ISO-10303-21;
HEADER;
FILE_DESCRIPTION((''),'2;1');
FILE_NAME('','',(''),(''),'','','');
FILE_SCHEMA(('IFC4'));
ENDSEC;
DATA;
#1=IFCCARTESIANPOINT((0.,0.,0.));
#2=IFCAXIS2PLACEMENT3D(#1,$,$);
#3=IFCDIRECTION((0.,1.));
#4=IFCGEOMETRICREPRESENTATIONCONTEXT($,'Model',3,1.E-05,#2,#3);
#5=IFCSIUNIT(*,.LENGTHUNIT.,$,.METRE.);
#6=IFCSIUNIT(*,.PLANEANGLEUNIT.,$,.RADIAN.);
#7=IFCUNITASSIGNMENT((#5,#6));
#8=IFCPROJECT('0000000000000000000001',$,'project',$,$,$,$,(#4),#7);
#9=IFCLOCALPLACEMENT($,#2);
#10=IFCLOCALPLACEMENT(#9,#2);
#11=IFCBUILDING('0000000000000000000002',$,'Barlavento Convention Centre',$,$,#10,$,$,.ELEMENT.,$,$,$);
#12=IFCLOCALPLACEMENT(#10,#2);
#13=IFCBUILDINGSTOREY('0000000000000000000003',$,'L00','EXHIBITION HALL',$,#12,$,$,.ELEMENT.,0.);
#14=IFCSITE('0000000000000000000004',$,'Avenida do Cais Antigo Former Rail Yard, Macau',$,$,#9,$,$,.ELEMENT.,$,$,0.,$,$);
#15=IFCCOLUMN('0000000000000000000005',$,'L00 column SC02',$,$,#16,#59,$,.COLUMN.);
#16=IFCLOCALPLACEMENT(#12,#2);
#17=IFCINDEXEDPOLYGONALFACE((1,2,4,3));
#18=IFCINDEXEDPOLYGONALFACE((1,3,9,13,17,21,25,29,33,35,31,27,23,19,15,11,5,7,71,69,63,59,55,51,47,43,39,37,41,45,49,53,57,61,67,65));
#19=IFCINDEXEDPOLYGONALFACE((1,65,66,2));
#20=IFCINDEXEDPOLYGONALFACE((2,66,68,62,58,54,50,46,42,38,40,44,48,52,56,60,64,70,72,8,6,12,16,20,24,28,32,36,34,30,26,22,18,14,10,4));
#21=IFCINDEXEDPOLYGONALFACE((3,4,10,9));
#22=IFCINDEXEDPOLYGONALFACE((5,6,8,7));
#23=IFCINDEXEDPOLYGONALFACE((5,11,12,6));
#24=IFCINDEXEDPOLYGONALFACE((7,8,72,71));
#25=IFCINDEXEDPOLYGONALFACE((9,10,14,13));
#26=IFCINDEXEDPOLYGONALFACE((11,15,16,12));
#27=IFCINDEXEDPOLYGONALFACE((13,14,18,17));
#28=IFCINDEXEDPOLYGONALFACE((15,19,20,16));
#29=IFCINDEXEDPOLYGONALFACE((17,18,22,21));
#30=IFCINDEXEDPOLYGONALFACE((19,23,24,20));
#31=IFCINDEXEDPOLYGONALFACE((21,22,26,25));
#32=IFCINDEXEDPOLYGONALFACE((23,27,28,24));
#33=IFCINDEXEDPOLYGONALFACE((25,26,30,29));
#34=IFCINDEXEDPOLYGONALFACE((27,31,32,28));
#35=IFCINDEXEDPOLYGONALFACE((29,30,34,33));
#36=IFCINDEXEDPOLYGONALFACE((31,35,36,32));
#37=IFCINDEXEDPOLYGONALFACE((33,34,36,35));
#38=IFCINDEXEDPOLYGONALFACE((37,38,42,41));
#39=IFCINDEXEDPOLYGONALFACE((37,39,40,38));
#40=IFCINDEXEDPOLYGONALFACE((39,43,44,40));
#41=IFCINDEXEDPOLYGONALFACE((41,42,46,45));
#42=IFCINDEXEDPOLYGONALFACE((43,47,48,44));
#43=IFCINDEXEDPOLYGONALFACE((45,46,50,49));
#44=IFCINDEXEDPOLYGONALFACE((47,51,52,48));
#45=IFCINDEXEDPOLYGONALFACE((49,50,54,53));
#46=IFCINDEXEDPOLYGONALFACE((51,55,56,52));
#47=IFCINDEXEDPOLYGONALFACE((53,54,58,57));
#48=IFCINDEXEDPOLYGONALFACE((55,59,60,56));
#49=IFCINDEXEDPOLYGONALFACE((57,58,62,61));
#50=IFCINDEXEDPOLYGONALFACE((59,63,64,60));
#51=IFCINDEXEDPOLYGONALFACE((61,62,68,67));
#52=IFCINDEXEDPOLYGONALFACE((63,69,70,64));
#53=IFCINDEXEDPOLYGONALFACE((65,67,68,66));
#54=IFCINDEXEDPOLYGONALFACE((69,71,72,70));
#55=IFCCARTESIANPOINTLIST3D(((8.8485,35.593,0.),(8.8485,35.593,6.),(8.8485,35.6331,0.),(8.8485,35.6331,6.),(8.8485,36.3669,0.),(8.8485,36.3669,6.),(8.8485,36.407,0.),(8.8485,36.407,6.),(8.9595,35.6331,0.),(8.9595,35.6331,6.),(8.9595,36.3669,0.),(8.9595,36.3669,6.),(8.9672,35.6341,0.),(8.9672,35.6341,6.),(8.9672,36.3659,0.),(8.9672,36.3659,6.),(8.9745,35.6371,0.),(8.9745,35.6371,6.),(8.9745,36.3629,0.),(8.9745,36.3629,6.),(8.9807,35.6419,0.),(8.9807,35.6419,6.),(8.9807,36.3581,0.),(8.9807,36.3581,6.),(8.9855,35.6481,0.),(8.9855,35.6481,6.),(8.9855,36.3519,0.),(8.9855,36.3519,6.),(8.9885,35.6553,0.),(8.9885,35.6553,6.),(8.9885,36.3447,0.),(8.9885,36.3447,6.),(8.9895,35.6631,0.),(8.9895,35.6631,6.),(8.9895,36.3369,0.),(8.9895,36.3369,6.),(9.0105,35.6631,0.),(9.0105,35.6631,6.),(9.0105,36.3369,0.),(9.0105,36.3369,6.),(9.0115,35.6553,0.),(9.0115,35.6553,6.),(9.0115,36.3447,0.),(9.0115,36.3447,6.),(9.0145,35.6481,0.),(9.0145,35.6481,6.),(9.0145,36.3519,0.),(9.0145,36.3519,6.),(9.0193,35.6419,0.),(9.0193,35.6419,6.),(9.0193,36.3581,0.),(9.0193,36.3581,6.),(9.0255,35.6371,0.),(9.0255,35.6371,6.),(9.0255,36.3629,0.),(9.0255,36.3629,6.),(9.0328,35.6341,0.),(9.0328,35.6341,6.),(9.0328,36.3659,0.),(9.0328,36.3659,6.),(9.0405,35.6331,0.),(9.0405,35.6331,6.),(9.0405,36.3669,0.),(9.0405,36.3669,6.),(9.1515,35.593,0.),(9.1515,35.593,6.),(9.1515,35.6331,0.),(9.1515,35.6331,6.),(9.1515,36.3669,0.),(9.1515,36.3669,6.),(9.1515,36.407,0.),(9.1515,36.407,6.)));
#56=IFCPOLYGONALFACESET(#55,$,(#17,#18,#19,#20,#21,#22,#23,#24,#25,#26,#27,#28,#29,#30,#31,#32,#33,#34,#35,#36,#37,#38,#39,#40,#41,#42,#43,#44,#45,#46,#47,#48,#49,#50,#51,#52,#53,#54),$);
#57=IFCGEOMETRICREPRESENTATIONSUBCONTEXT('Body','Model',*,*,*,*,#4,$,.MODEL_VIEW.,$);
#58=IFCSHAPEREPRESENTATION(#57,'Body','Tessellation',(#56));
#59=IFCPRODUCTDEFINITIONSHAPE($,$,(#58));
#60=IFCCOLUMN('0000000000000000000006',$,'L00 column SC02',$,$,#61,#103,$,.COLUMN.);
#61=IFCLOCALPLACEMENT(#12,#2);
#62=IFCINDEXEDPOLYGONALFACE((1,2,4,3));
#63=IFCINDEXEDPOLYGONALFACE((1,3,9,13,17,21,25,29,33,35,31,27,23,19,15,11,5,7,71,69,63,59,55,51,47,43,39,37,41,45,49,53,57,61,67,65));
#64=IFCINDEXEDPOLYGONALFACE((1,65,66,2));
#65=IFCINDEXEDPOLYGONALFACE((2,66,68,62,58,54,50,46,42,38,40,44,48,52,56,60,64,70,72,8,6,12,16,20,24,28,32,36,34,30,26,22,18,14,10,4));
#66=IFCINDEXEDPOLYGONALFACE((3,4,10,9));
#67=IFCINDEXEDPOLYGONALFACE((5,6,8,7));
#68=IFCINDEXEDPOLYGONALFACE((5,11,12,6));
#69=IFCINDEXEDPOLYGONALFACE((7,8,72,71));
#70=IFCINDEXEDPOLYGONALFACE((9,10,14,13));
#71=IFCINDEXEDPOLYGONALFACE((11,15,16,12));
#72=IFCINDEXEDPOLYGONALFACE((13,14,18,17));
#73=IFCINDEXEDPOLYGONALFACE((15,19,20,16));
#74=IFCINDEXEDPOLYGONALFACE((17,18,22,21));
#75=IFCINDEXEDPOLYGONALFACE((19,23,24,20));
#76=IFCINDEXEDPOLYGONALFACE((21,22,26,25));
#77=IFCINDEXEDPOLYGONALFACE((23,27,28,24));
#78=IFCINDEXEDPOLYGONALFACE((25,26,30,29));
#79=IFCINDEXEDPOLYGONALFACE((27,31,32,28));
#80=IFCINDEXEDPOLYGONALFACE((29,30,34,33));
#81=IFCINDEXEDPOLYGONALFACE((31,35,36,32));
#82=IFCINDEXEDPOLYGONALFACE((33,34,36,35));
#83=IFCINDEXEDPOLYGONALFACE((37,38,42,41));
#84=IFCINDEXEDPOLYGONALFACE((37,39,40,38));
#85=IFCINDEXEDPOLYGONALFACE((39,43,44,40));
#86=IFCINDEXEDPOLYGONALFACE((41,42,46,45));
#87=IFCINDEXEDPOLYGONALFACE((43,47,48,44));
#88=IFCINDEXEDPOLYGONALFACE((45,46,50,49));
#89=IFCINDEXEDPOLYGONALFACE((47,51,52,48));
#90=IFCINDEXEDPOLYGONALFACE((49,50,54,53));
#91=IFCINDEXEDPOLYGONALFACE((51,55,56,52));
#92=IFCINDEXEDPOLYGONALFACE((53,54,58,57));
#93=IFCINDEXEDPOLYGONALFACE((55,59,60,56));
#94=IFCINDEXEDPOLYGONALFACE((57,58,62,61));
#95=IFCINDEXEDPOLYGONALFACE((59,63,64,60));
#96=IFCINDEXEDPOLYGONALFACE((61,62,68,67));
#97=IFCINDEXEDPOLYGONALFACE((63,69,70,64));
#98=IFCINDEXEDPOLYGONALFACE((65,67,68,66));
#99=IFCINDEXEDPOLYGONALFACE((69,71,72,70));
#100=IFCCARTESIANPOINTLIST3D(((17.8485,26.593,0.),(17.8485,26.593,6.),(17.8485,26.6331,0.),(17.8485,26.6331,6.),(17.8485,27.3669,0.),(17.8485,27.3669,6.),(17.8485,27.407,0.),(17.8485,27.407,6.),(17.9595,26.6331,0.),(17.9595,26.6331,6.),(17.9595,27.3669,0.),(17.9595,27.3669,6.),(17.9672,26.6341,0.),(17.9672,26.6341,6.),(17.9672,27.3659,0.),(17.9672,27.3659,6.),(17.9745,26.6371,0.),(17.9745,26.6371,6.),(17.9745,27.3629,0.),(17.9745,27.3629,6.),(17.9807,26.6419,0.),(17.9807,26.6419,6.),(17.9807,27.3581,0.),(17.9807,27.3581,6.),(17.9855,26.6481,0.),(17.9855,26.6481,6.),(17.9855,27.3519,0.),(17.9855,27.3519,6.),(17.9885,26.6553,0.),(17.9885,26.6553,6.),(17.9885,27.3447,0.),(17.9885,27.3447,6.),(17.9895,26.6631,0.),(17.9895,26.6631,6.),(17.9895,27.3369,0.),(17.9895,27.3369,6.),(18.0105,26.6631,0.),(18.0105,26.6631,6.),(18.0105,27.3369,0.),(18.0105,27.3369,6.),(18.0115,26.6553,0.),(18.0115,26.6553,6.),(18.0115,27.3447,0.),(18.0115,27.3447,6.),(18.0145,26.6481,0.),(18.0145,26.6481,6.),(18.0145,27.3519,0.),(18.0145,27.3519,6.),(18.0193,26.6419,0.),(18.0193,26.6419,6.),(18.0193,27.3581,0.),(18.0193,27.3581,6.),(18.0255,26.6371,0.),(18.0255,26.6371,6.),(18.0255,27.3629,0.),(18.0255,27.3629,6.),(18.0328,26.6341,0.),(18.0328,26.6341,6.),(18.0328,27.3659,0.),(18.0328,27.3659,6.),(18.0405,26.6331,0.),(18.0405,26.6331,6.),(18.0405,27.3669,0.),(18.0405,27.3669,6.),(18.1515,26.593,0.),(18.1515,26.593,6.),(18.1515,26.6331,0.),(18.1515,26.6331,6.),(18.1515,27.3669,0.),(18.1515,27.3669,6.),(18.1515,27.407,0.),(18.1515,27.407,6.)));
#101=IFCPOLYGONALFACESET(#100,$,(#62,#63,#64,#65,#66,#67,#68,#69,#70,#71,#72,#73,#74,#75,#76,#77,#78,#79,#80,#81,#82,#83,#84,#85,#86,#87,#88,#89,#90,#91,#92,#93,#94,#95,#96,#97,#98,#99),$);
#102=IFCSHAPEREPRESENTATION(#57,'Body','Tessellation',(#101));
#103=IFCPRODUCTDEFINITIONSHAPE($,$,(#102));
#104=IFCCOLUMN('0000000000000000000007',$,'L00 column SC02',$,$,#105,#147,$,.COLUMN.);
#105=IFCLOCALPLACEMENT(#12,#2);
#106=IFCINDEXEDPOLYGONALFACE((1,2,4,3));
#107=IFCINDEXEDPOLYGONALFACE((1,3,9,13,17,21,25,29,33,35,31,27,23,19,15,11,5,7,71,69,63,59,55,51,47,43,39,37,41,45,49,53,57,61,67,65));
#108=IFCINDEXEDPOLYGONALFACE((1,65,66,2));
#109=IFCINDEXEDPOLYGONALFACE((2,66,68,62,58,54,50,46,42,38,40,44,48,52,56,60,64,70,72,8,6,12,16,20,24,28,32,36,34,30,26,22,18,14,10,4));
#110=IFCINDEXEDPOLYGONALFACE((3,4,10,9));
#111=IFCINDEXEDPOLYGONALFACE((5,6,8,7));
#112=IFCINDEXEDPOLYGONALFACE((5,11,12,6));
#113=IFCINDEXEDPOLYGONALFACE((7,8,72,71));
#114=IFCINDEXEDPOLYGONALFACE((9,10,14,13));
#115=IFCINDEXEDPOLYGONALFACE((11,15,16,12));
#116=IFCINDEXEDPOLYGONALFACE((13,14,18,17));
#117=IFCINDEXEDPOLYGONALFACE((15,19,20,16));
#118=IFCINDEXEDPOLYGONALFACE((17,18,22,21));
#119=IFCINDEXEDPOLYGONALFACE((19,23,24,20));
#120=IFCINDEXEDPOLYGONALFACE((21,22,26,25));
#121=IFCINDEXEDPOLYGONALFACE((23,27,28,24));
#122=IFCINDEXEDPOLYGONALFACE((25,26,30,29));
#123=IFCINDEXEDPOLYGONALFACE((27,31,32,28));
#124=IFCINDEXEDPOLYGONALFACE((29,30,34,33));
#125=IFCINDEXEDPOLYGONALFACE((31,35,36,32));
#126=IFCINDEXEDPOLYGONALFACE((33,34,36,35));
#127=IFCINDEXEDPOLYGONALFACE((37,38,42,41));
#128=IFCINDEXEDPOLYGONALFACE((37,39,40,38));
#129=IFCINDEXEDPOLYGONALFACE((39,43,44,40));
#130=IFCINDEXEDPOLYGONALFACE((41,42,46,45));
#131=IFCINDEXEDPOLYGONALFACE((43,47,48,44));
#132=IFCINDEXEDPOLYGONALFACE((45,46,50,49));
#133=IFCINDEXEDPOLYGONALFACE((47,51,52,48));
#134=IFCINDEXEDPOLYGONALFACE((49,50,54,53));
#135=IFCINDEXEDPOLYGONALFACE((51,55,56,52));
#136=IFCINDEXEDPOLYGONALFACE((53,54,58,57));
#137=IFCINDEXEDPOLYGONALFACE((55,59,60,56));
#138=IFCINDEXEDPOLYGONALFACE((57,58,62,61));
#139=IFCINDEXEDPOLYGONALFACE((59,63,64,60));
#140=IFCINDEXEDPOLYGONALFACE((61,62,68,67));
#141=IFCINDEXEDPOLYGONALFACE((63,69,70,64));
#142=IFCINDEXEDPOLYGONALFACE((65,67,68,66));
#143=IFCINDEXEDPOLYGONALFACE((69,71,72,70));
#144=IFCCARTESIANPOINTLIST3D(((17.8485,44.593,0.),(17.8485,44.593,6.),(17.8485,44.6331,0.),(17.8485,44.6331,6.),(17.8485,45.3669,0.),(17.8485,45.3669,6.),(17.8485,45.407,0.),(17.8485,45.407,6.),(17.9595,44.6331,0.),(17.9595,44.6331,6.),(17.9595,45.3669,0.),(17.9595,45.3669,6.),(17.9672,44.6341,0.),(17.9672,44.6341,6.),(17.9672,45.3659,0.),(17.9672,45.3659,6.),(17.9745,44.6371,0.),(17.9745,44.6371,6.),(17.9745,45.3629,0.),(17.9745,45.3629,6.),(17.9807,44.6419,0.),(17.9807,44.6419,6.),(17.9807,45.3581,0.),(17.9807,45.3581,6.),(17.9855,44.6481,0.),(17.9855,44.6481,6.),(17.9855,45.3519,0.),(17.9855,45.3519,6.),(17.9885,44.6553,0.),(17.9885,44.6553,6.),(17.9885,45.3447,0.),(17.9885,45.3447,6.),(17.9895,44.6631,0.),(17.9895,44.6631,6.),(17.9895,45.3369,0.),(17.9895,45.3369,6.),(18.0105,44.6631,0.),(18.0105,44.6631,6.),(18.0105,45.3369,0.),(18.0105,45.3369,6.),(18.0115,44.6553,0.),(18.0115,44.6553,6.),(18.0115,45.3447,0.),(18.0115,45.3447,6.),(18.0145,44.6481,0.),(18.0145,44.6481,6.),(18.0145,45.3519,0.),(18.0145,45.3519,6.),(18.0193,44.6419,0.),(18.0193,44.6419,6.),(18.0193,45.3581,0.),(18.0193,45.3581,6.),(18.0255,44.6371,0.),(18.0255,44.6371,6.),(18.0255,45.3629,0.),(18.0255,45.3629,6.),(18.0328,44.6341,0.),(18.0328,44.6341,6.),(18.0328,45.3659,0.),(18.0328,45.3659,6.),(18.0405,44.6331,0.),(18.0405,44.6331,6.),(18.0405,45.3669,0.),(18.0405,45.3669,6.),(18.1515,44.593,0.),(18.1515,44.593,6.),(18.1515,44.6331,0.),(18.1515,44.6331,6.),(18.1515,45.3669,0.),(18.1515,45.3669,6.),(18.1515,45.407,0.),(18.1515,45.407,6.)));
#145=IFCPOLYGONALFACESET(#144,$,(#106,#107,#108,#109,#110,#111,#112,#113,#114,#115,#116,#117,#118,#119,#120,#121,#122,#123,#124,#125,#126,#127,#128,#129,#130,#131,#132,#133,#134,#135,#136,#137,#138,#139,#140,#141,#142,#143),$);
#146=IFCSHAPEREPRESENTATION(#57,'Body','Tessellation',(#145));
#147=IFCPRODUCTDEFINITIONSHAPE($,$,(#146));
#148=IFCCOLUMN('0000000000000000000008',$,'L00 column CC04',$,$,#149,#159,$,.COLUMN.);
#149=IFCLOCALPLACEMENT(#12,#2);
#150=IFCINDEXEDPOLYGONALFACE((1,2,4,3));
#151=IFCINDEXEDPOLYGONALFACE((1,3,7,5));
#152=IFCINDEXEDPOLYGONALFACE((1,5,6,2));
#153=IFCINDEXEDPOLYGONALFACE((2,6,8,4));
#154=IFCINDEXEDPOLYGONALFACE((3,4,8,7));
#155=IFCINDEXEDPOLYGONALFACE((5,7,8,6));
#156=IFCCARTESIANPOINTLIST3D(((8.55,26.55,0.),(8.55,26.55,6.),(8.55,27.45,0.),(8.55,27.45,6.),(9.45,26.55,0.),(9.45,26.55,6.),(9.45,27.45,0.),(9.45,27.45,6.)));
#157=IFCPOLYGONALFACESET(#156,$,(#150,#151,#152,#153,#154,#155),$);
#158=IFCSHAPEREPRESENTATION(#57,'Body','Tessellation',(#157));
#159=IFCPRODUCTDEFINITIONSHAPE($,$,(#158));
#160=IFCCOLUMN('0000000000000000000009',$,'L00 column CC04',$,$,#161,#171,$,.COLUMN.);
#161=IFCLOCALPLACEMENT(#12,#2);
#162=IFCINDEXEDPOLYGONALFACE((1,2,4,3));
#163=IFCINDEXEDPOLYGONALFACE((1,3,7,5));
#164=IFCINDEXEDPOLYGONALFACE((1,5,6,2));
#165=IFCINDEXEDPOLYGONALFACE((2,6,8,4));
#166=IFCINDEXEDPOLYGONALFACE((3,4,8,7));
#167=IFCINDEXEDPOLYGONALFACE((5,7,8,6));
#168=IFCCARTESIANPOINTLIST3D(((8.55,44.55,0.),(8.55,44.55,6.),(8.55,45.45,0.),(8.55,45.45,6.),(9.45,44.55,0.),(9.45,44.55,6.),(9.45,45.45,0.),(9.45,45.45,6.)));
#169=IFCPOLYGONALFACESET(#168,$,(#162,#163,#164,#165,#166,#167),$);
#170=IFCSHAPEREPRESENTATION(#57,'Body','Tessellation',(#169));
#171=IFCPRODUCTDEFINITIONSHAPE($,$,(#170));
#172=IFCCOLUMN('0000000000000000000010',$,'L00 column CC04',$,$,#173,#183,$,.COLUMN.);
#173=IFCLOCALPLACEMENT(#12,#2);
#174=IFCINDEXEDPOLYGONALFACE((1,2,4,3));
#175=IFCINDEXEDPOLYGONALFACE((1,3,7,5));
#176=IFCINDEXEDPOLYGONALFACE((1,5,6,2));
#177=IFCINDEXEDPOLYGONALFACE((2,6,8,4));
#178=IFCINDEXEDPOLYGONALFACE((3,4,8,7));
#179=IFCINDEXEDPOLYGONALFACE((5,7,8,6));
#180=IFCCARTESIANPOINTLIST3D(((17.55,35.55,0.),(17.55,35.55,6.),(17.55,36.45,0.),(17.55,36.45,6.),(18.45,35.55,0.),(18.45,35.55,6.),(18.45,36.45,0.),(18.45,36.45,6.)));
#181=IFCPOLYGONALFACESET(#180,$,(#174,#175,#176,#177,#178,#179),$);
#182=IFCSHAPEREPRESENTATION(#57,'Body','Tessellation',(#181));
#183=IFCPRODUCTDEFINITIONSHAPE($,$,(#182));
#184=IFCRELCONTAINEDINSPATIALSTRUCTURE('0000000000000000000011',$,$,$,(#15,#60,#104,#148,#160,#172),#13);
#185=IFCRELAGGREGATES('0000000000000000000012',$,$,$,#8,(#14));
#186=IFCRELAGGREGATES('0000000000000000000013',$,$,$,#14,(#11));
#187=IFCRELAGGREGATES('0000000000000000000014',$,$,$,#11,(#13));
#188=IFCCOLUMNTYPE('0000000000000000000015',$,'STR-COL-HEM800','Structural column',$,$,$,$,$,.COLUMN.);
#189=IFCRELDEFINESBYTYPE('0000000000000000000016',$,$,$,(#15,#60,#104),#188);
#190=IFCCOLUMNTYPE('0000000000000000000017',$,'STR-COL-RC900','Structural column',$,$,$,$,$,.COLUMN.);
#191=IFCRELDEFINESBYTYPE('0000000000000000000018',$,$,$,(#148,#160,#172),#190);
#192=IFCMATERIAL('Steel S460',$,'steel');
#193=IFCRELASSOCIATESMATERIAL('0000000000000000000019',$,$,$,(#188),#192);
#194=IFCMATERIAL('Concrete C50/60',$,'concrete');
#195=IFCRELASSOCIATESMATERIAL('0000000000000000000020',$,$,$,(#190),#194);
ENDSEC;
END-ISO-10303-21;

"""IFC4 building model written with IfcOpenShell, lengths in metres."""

from ifc_helpers import new_model, si_unit, direction, frame, origin, origin_2d, place, context, subcontext, project, spatial, rectangle, i_section, extrude, material, material_profile, profile_set, type_object, element, save


model = new_model("IFC4")

# Units and contexts
model_context = context("Model", 3, precision=1e-05, world=origin(), true_north=direction((0.0, 1.0)))
body_context = subcontext(model_context, "Body", "Model", "MODEL_VIEW")
ifc_project = project(units=[si_unit("LENGTHUNIT", "METRE"), si_unit("PLANEANGLEUNIT", "RADIAN")], contexts=[model_context])

# Site, building, storey
site_placement = place(None, origin())
site = spatial("IfcSite", under=ifc_project, at=site_placement, Name="Avenida do Cais Antigo Former Rail Yard, Macau", CompositionType="ELEMENT", RefElevation=0.0)
building_placement = place(site_placement, origin())
building = spatial("IfcBuilding", under=site, at=building_placement, Name="Barlavento Convention Centre", CompositionType="ELEMENT")
storey_placement = place(building_placement, origin())
storey = spatial("IfcBuildingStorey", under=building, at=storey_placement, Name="L00", Description="EXHIBITION HALL", CompositionType="ELEMENT", Elevation=0.0)

# Columns
ifc_material_1 = material(Name="Steel S460", Category="steel")
ifc_material_profile_1 = material_profile(ifc_material_1, i_section(OverallWidth=0.303, OverallDepth=0.814, WebThickness=0.021, FlangeThickness=0.04, FilletRadius=0.03, at=origin_2d()), Name="HEM 800")
ifc_profile_set_1 = profile_set([ifc_material_profile_1], Name="Steel S460")
column_type_1 = type_object("IfcColumnType", Name="STR-COL-HEM800", Description="Structural column", PredefinedType="COLUMN", material=ifc_profile_set_1)
for number, where, z_axis, x_axis, name in (
    (1, (9.0, 36.0, 0.0), (0.0, 0.0, 1.0), (1.0, 0.0, 0.0), "L00 column SC02"),
    (2, (18.0, 27.0, 0.0), (0.0, 0.0, 1.0), (1.0, 0.0, 0.0), "L00 column SC02"),
    (3, (18.0, 45.0, 0.0), (0.0, 0.0, 1.0), (1.0, 0.0, 0.0), "L00 column SC02"),
):
    element("IfcColumn", number, at=place(storey_placement, frame(where, z_axis=z_axis, x_axis=x_axis)), inside=storey, type_object=column_type_1, Name=name, PredefinedType="COLUMN", context=body_context, shape_type="SweptSolid", body=[
        extrude(i_section(OverallWidth=0.303, OverallDepth=0.814, WebThickness=0.021, FlangeThickness=0.04, FilletRadius=0.03, at=origin_2d()), origin(), (0.0, 0.0, 1.0), 6.0),
    ])
ifc_material_2 = material(Name="Concrete C50/60", Category="concrete")
ifc_material_profile_2 = material_profile(ifc_material_2, rectangle(XDim=0.8999, YDim=0.8999, at=origin_2d()), Name="RC 900x900")
ifc_profile_set_2 = profile_set([ifc_material_profile_2], Name="Concrete C50/60")
column_type_2 = type_object("IfcColumnType", Name="STR-COL-RC900", Description="Structural column", PredefinedType="COLUMN", material=ifc_profile_set_2)
for number, where, z_axis, x_axis, name in (
    (4, (9.0, 27.0, 0.0), (0.0, 0.0, 1.0), (1.0, 0.0, 0.0), "L00 column CC04"),
    (5, (9.0, 45.0, 0.0), (0.0, 0.0, 1.0), (1.0, 0.0, 0.0), "L00 column CC04"),
    (6, (18.0, 36.0, 0.0), (0.0, 0.0, 1.0), (1.0, 0.0, 0.0), "L00 column CC04"),
):
    element("IfcColumn", number, at=place(storey_placement, frame(where, z_axis=z_axis, x_axis=x_axis)), inside=storey, type_object=column_type_2, Name=name, PredefinedType="COLUMN", context=body_context, shape_type="SweptSolid", body=[
        extrude(rectangle(XDim=0.8999, YDim=0.8999, at=origin_2d()), origin(), (0.0, 0.0, 1.0), 6.0),
    ])

save(model, "model.ifc")
